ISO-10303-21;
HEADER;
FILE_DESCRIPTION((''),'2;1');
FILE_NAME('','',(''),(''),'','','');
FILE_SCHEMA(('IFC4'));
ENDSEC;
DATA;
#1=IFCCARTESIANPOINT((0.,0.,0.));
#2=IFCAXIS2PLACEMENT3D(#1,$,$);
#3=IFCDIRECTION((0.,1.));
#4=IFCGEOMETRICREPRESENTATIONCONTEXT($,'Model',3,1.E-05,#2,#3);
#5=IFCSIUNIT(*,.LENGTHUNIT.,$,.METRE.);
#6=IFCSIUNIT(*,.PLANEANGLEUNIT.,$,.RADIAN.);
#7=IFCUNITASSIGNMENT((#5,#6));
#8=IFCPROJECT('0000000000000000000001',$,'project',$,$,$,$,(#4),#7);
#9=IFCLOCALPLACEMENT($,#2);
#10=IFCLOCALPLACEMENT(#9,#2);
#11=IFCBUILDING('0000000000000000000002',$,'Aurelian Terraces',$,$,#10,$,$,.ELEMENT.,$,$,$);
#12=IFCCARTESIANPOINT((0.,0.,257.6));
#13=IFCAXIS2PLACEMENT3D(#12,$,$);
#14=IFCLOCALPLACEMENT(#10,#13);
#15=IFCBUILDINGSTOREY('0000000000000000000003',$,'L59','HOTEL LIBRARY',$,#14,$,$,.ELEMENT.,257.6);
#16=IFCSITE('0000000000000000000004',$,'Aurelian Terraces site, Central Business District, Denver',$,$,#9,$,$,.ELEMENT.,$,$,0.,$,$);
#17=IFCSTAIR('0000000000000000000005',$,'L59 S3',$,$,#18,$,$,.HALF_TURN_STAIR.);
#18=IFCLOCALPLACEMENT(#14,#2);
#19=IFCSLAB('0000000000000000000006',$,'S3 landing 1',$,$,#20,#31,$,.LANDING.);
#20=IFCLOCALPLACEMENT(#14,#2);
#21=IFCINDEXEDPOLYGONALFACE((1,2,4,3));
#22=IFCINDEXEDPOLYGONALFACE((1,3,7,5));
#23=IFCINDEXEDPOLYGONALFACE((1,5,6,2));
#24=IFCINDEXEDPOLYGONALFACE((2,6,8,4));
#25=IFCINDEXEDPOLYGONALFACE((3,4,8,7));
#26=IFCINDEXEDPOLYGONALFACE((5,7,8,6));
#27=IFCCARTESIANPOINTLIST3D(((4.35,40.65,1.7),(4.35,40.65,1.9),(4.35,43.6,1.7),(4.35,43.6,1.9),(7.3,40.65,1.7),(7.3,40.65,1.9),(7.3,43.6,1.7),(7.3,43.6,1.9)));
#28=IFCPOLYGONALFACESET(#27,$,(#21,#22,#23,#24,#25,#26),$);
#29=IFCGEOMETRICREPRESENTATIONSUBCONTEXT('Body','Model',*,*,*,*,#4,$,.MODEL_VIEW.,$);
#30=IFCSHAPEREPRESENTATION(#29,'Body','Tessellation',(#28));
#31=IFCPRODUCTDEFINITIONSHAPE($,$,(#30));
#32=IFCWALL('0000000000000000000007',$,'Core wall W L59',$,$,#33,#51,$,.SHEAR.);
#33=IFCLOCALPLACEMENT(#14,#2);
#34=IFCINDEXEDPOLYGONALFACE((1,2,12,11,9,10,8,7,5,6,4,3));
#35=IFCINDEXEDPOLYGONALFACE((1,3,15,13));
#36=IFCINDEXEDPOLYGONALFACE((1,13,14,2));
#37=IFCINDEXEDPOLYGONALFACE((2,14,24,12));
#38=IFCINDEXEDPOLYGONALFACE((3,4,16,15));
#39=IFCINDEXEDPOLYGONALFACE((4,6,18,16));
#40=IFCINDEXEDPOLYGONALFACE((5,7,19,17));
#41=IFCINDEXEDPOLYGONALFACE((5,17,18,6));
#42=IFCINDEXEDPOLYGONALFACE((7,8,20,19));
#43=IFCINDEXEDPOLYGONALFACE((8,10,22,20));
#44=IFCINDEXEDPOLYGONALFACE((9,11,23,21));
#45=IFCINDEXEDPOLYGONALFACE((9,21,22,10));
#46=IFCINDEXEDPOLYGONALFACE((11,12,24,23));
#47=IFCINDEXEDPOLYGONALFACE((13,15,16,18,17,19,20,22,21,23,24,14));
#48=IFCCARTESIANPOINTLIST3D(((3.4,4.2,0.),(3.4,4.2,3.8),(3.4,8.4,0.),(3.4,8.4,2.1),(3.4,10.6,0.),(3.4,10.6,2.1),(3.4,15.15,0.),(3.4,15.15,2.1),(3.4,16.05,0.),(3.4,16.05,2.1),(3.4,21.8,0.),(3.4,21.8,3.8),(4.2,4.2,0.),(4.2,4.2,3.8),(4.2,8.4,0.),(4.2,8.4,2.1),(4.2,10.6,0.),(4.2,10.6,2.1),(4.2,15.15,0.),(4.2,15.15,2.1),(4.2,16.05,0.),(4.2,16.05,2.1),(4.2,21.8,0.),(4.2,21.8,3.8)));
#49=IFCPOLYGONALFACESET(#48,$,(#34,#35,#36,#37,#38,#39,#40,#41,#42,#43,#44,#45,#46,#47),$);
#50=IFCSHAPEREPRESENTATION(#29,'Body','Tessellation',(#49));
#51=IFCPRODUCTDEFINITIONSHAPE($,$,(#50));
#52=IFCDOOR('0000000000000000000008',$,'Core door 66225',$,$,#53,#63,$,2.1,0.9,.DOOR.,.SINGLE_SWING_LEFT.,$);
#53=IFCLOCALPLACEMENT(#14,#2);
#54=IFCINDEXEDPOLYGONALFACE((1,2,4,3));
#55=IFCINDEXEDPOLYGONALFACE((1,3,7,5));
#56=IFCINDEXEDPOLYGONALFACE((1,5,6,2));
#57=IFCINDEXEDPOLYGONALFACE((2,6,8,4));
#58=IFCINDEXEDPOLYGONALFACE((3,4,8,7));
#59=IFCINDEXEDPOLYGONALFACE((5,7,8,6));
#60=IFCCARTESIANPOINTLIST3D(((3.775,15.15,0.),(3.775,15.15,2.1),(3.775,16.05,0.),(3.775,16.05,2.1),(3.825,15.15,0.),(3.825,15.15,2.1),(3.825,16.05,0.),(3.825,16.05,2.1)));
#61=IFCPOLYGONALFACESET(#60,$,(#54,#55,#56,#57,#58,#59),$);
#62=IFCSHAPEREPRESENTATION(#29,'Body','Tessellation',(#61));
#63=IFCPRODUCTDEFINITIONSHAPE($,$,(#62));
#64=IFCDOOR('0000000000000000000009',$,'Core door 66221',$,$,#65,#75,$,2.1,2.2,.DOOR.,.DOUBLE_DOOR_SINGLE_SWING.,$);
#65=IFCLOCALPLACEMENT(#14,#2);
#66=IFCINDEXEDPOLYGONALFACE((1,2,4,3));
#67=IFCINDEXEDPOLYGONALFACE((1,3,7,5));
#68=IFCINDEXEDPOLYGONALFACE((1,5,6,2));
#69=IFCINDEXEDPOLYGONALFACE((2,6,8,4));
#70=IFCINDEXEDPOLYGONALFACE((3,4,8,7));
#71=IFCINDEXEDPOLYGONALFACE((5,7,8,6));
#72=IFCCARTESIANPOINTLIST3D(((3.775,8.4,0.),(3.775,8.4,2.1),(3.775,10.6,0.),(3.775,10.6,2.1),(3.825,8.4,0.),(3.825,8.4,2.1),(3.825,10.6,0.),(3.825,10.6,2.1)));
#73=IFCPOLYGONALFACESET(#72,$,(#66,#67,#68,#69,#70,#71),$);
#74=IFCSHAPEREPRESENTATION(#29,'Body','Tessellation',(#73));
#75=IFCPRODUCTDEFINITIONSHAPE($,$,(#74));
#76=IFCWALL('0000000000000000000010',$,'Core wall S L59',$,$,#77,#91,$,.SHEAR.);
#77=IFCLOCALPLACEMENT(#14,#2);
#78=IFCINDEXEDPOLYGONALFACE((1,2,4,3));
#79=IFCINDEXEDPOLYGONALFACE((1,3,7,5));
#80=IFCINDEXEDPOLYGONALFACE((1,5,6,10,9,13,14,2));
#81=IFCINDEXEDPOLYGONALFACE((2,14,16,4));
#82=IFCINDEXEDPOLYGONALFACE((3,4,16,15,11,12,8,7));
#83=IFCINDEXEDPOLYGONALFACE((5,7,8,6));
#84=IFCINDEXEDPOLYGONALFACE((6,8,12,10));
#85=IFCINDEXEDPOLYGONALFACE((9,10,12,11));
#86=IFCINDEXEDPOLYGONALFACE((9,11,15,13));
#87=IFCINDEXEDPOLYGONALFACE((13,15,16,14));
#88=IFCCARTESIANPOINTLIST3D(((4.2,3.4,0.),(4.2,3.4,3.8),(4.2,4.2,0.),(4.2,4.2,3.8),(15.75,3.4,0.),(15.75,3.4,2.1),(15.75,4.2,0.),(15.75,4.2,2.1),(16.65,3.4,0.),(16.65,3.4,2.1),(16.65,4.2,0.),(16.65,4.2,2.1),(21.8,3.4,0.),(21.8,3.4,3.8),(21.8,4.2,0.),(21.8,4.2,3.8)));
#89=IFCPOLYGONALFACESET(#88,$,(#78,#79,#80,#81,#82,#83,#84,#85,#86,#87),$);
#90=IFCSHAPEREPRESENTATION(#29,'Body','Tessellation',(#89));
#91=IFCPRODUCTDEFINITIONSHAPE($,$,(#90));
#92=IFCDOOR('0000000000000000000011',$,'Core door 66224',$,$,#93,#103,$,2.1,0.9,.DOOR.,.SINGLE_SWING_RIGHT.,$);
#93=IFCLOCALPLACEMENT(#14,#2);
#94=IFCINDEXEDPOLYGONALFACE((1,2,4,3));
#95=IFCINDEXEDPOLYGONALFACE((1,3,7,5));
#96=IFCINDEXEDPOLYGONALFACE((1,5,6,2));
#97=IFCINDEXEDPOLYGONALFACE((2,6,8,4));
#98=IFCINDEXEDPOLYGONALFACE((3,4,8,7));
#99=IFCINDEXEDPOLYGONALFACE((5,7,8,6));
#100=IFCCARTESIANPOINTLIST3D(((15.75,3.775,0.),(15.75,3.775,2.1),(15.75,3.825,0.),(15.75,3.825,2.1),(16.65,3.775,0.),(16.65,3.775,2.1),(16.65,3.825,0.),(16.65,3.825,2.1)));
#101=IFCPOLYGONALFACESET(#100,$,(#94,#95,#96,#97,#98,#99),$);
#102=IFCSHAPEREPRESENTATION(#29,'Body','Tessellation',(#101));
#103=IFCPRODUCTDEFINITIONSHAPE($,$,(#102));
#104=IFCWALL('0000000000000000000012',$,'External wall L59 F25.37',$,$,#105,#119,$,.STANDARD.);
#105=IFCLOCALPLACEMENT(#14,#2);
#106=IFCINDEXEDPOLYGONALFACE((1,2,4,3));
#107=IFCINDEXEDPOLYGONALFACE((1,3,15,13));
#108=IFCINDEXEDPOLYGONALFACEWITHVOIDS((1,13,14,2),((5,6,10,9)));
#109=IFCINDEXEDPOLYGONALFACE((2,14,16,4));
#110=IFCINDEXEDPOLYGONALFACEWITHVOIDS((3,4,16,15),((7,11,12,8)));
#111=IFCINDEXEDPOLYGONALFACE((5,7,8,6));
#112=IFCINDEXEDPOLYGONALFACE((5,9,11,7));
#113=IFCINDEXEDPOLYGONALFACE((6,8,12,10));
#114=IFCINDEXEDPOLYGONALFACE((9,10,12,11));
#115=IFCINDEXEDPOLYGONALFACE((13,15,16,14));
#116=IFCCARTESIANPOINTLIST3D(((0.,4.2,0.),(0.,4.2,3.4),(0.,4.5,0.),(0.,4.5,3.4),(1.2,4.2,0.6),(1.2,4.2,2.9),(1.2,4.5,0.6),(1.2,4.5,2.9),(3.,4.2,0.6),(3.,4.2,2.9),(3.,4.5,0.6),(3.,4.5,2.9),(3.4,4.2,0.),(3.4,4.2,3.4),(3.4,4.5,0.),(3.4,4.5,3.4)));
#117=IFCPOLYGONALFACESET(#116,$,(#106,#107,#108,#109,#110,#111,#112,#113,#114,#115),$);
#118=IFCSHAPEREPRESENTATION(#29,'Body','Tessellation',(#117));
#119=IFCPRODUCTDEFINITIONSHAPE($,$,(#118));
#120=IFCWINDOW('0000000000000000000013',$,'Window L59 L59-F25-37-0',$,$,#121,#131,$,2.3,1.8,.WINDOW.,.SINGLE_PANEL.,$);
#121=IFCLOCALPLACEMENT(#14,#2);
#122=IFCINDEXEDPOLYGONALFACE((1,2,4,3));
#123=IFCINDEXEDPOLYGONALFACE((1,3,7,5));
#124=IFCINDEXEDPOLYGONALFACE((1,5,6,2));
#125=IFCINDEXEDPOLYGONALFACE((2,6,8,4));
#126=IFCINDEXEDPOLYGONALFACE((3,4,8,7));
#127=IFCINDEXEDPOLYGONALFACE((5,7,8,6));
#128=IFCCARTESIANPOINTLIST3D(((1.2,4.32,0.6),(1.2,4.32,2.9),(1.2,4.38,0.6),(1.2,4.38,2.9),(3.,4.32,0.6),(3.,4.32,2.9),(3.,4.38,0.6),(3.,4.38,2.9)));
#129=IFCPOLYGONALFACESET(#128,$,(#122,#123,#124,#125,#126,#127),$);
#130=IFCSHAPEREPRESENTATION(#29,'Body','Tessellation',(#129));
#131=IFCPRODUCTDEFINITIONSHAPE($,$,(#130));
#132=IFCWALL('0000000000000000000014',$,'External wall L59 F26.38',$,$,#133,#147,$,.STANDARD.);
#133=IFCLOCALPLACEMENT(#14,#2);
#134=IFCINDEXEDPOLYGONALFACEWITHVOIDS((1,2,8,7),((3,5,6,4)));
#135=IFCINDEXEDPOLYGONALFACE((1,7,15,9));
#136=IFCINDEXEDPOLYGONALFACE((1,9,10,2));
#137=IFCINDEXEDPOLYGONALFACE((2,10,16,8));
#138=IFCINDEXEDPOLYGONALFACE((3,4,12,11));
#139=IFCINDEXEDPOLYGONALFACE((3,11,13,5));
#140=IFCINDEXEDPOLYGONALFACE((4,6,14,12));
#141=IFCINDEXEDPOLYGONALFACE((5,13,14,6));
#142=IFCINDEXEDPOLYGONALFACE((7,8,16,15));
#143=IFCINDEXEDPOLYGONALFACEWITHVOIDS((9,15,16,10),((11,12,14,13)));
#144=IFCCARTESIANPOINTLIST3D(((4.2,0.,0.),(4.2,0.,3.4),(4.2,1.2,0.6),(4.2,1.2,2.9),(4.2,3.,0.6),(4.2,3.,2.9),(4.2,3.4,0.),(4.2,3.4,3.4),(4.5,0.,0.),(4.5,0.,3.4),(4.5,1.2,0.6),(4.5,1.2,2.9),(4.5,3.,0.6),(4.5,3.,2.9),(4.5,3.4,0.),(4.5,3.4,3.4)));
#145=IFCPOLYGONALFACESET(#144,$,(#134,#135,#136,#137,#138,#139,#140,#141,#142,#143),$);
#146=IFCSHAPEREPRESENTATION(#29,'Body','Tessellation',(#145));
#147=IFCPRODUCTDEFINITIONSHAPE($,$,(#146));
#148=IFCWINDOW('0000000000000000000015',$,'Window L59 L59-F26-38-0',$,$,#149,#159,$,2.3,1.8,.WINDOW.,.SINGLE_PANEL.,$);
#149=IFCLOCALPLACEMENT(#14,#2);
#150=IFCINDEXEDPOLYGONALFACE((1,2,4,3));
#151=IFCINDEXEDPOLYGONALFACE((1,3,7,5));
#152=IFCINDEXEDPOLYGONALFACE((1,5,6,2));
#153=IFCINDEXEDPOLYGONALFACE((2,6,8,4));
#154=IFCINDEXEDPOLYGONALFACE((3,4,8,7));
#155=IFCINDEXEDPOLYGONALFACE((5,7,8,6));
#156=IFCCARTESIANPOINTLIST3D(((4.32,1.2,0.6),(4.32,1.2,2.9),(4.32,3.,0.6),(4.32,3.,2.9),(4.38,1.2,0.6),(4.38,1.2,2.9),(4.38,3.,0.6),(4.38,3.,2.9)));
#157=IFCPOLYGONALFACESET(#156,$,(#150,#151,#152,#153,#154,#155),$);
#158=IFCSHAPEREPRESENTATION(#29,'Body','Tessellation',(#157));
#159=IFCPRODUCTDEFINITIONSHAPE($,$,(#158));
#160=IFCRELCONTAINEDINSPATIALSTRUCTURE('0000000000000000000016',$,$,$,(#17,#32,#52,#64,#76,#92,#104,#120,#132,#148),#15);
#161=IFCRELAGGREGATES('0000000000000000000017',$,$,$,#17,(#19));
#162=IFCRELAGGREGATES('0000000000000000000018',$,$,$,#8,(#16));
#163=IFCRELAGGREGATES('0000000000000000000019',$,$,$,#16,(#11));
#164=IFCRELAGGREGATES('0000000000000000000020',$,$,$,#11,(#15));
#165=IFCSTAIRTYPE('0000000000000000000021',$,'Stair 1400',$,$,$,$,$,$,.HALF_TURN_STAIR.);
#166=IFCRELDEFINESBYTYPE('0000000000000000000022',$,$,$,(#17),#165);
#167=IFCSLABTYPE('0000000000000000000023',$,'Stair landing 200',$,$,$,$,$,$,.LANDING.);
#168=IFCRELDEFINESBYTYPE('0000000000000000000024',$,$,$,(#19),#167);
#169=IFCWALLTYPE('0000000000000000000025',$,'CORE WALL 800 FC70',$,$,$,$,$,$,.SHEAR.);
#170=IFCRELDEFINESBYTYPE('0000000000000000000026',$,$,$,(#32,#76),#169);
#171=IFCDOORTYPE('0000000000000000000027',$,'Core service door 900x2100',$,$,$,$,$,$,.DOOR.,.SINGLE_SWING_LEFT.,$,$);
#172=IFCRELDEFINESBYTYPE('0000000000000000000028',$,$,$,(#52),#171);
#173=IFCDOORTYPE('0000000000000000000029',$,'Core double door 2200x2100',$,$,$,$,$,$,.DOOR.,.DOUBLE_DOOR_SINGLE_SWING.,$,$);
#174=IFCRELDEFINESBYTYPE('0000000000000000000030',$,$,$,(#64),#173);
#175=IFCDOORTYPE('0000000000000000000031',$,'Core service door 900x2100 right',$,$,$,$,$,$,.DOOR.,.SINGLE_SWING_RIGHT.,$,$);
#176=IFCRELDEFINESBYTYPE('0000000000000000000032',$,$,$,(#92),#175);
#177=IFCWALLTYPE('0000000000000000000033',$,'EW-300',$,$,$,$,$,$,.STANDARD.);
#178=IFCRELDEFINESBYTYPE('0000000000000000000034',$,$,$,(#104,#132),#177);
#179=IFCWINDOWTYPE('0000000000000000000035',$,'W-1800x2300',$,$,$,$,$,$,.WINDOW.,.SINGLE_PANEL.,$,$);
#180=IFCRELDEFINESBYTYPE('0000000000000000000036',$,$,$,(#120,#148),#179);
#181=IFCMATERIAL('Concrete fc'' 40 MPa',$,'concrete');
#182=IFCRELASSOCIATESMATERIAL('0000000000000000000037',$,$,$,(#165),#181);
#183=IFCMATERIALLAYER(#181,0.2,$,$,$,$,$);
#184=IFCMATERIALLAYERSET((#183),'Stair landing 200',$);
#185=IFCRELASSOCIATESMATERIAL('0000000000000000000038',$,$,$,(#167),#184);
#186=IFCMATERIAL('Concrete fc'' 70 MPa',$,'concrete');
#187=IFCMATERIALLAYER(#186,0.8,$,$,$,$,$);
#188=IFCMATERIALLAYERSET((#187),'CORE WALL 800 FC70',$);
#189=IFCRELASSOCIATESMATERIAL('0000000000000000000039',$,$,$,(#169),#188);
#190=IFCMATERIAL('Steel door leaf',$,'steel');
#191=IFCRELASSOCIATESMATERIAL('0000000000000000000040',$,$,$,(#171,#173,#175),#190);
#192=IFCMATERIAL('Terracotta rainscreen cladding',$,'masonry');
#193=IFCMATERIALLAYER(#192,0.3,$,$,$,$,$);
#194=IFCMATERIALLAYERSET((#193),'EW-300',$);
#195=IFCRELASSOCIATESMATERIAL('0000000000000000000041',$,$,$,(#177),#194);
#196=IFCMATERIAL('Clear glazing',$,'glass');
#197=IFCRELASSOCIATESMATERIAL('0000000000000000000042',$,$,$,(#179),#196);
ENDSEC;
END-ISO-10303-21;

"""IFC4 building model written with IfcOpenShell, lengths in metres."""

from ifc_helpers import new_model, si_unit, direction, frame, frame_2d, origin, place, context, subcontext, project, spatial, polyline, rectangle, outline, extrude, source, transform, mapped, material, layer, layer_set, type_object, element, fill, aggregate, save


model = new_model("IFC4")

# Units and contexts
model_context = context("Model", 3, precision=1e-05, world=origin(), true_north=direction((0.0, 1.0)))
body_context = subcontext(model_context, "Body", "Model", "MODEL_VIEW")
ifc_project = project(units=[si_unit("LENGTHUNIT", "METRE"), si_unit("PLANEANGLEUNIT", "RADIAN")], contexts=[model_context])

# Site, building, storey
site_placement = place(None, origin())
site = spatial("IfcSite", under=ifc_project, at=site_placement, Name="Aurelian Terraces site, Central Business District, Denver", CompositionType="ELEMENT", RefElevation=0.0)
building_placement = place(site_placement, origin())
building = spatial("IfcBuilding", under=site, at=building_placement, Name="Aurelian Terraces", CompositionType="ELEMENT")
storey_placement = place(building_placement, frame((0.0, 0.0, 257.6)))
storey = spatial("IfcBuildingStorey", under=building, at=storey_placement, Name="L59", Description="HOTEL LIBRARY", CompositionType="ELEMENT", Elevation=257.6)

# Stair, slab
ifc_material_1 = material(Name="Concrete fc' 40 MPa", Category="concrete")
stair_type = type_object("IfcStairType", Name="Stair 1400", PredefinedType="HALF_TURN_STAIR", material=ifc_material_1)
stair_placement = place(storey_placement, origin())
stair = element("IfcStair", 1, at=stair_placement, inside=storey, type_object=stair_type, Name="L59 S3", PredefinedType="HALF_TURN_STAIR")
ifc_layer_1 = layer(ifc_material_1, 0.2)
ifc_layer_set_1 = layer_set([ifc_layer_1], Name="Stair landing 200")
slab_type = type_object("IfcSlabType", Name="Stair landing 200", PredefinedType="LANDING", material=ifc_layer_set_1)
shared_shape_1 = source(origin(), body_context, "Body", "SweptSolid", [
    extrude(outline(polyline([(4.35, 40.65), (7.3, 40.65), (7.3, 43.6), (4.35, 43.6), (4.35, 40.65)])), origin(), (0.0, 0.0, 1.0), 0.2),
])
slab_placement = place(storey_placement, frame((0.0, 0.0, 1.7)))
slab = element("IfcSlab", 2, at=slab_placement, type_object=slab_type, Name="S3 landing 1", PredefinedType="LANDING", context=body_context, shape_type="MappedRepresentation", body=[
    mapped(shared_shape_1, transform((0.0, 0.0, 0.0), scale=1.0)),
])
aggregate(stair, [slab])

# Wall, openings, doors
ifc_material_2 = material(Name="Concrete fc' 70 MPa", Category="concrete")
ifc_layer_2 = layer(ifc_material_2, 0.8)
ifc_layer_set_2 = layer_set([ifc_layer_2], Name="CORE WALL 800 FC70")
wall_type_1 = type_object("IfcWallType", Name="CORE WALL 800 FC70", PredefinedType="SHEAR", material=ifc_layer_set_2)
shared_shape_2 = source(origin(), body_context, "Body", "SweptSolid", [
    extrude(rectangle(XDim=17.6, YDim=0.8, at=frame_2d((8.8, 0.0))), origin(), (0.0, 0.0, 1.0), 3.8),
])
wall_1_placement = place(storey_placement, frame((3.8, 4.2, 0.0), z_axis=(0.0, 0.0, 1.0), x_axis=(0.0, 1.0, 0.0)))
wall_1 = element("IfcWall", 3, at=wall_1_placement, inside=storey, type_object=wall_type_1, Name="Core wall W L59", PredefinedType="SHEAR", context=body_context, shape_type="MappedRepresentation", body=[
    mapped(shared_shape_2, transform((0.0, 0.0, 0.0), scale=1.0)),
])
shared_shape_3 = source(origin(), body_context, "Body", "SweptSolid", [
    extrude(rectangle(XDim=2.2, YDim=2.1, at=frame_2d((1.1, 1.05))), frame((0.0, 0.41, 0.0), z_axis=(0.0, -1.0, 0.0), x_axis=(1.0, 0.0, 0.0)), (0.0, 0.0, 1.0), 0.82),
])
opening_1_placement = place(wall_1_placement, frame((4.2, 0.0, 0.0)))
opening_1 = element("IfcOpeningElement", 4, at=opening_1_placement, cuts=wall_1, PredefinedType="OPENING", context=body_context, shape_type="MappedRepresentation", body=[
    mapped(shared_shape_3, transform((0.0, 0.0, 0.0), scale=1.0)),
])
shared_shape_4 = source(origin(), body_context, "Body", "SweptSolid", [
    extrude(rectangle(XDim=0.9, YDim=2.1, at=frame_2d((0.45, 1.05))), frame((0.0, 0.41, 0.0), z_axis=(0.0, -1.0, 0.0), x_axis=(1.0, 0.0, 0.0)), (0.0, 0.0, 1.0), 0.82),
])
opening_2_placement = place(wall_1_placement, frame((10.95, 0.0, 0.0)))
opening_2 = element("IfcOpeningElement", 5, at=opening_2_placement, cuts=wall_1, PredefinedType="OPENING", context=body_context, shape_type="MappedRepresentation", body=[
    mapped(shared_shape_4, transform((0.0, 0.0, 0.0), scale=1.0)),
])
ifc_material_3 = material(Name="Steel door leaf", Category="steel")
door_type_1 = type_object("IfcDoorType", Name="Core service door 900x2100", OperationType="SINGLE_SWING_LEFT", PredefinedType="DOOR", material=ifc_material_3)
shared_shape_5 = source(origin(), body_context, "Body", "SweptSolid", [
    extrude(rectangle(XDim=0.9, YDim=2.1, at=frame_2d((0.45, 1.05))), frame((0.0, 0.025, 0.0), z_axis=(0.0, -1.0, 0.0), x_axis=(1.0, 0.0, 0.0)), (0.0, 0.0, 1.0), 0.05),
])
door_1_placement = place(opening_2_placement, origin())
door_1 = element("IfcDoor", 6, at=door_1_placement, inside=storey, type_object=door_type_1, Name="Core door 66225", OperationType="SINGLE_SWING_LEFT", OverallHeight=2.1, OverallWidth=0.9, PredefinedType="DOOR", context=body_context, shape_type="MappedRepresentation", body=[
    mapped(shared_shape_5, transform((0.0, 0.0, 0.0), scale=1.0)),
])
fill(opening_2, door_1)
door_type_2 = type_object("IfcDoorType", Name="Core double door 2200x2100", OperationType="DOUBLE_DOOR_SINGLE_SWING", PredefinedType="DOOR", material=ifc_material_3)
shared_shape_6 = source(origin(), body_context, "Body", "SweptSolid", [
    extrude(rectangle(XDim=2.2, YDim=2.1, at=frame_2d((1.1, 1.05))), frame((0.0, 0.025, 0.0), z_axis=(0.0, -1.0, 0.0), x_axis=(1.0, 0.0, 0.0)), (0.0, 0.0, 1.0), 0.05),
])
door_2_placement = place(opening_1_placement, origin())
door_2 = element("IfcDoor", 7, at=door_2_placement, inside=storey, type_object=door_type_2, Name="Core door 66221", OperationType="DOUBLE_DOOR_SINGLE_SWING", OverallHeight=2.1, OverallWidth=2.2, PredefinedType="DOOR", context=body_context, shape_type="MappedRepresentation", body=[
    mapped(shared_shape_6, transform((0.0, 0.0, 0.0), scale=1.0)),
])
fill(opening_1, door_2)

# Wall, opening, door
wall_2_placement = place(storey_placement, frame((4.2, 3.8, 0.0), z_axis=(0.0, 0.0, 1.0), x_axis=(1.0, 0.0, 0.0)))
wall_2 = element("IfcWall", 8, at=wall_2_placement, inside=storey, type_object=wall_type_1, Name="Core wall S L59", PredefinedType="SHEAR", context=body_context, shape_type="MappedRepresentation", body=[
    mapped(shared_shape_2, transform((0.0, 0.0, 0.0), scale=1.0)),
])
opening_3_placement = place(wall_2_placement, frame((11.55, 0.0, 0.0)))
opening_3 = element("IfcOpeningElement", 9, at=opening_3_placement, cuts=wall_2, PredefinedType="OPENING", context=body_context, shape_type="MappedRepresentation", body=[
    mapped(shared_shape_4, transform((0.0, 0.0, 0.0), scale=1.0)),
])
door_type_3 = type_object("IfcDoorType", Name="Core service door 900x2100 right", OperationType="SINGLE_SWING_RIGHT", PredefinedType="DOOR", material=ifc_material_3)
door_3_placement = place(opening_3_placement, origin())
door_3 = element("IfcDoor", 10, at=door_3_placement, inside=storey, type_object=door_type_3, Name="Core door 66224", OperationType="SINGLE_SWING_RIGHT", OverallHeight=2.1, OverallWidth=0.9, PredefinedType="DOOR", context=body_context, shape_type="MappedRepresentation", body=[
    mapped(shared_shape_5, transform((0.0, 0.0, 0.0), scale=1.0)),
])
fill(opening_3, door_3)

# Walls, openings, windows
ifc_material_4 = material(Name="Terracotta rainscreen cladding", Category="masonry")
ifc_layer_3 = layer(ifc_material_4, 0.3)
ifc_layer_set_3 = layer_set([ifc_layer_3], Name="EW-300")
wall_type_2 = type_object("IfcWallType", Name="EW-300", PredefinedType="STANDARD", material=ifc_layer_set_3)
shared_shape_7 = source(origin(), body_context, "Body", "SweptSolid", [
    extrude(rectangle(XDim=3.4, YDim=0.3, at=frame_2d((1.7, 0.0))), origin(), (0.0, 0.0, 1.0), 3.4),
])
wall_3_placement = place(storey_placement, frame((0.0, 4.35, 0.0), z_axis=(0.0, 0.0, 1.0), x_axis=(1.0, 0.0, 0.0)))
wall_3 = element("IfcWall", 11, at=wall_3_placement, inside=storey, type_object=wall_type_2, Name="External wall L59 F25.37", PredefinedType="STANDARD", context=body_context, shape_type="MappedRepresentation", body=[
    mapped(shared_shape_7, transform((0.0, 0.0, 0.0), scale=1.0)),
])
shared_shape_8 = source(origin(), body_context, "Body", "SweptSolid", [
    extrude(rectangle(XDim=1.8, YDim=2.3, at=frame_2d((0.9, 1.15))), frame((0.0, 0.16, 0.0), z_axis=(0.0, -1.0, 0.0), x_axis=(1.0, 0.0, 0.0)), (0.0, 0.0, 1.0), 0.32),
])
opening_4_placement = place(wall_3_placement, frame((1.2, 0.0, 0.6)))
opening_4 = element("IfcOpeningElement", 12, at=opening_4_placement, cuts=wall_3, PredefinedType="OPENING", context=body_context, shape_type="MappedRepresentation", body=[
    mapped(shared_shape_8, transform((0.0, 0.0, 0.0), scale=1.0)),
])
ifc_material_5 = material(Name="Clear glazing", Category="glass")
window_type = type_object("IfcWindowType", Name="W-1800x2300", PartitioningType="SINGLE_PANEL", PredefinedType="WINDOW", material=ifc_material_5)
shared_shape_9 = source(origin(), body_context, "Body", "SweptSolid", [
    extrude(rectangle(XDim=1.8, YDim=2.3, at=frame_2d((0.9, 1.15))), frame((0.0, 0.03, 0.0), z_axis=(0.0, -1.0, 0.0), x_axis=(1.0, 0.0, 0.0)), (0.0, 0.0, 1.0), 0.06),
])
window_1_placement = place(opening_4_placement, origin())
window_1 = element("IfcWindow", 13, at=window_1_placement, inside=storey, type_object=window_type, Name="Window L59 L59-F25-37-0", OverallHeight=2.3, OverallWidth=1.8, PartitioningType="SINGLE_PANEL", PredefinedType="WINDOW", context=body_context, shape_type="MappedRepresentation", body=[
    mapped(shared_shape_9, transform((0.0, 0.0, 0.0), scale=1.0)),
])
fill(opening_4, window_1)
wall_4_placement = place(storey_placement, frame((4.35, 3.4, 0.0), z_axis=(0.0, 0.0, 1.0), x_axis=(0.0, -1.0, 0.0)))
wall_4 = element("IfcWall", 14, at=wall_4_placement, inside=storey, type_object=wall_type_2, Name="External wall L59 F26.38", PredefinedType="STANDARD", context=body_context, shape_type="MappedRepresentation", body=[
    mapped(shared_shape_7, transform((0.0, 0.0, 0.0), scale=1.0)),
])
opening_5_placement = place(wall_4_placement, frame((0.4, 0.0, 0.6)))
opening_5 = element("IfcOpeningElement", 15, at=opening_5_placement, cuts=wall_4, PredefinedType="OPENING", context=body_context, shape_type="MappedRepresentation", body=[
    mapped(shared_shape_8, transform((0.0, 0.0, 0.0), scale=1.0)),
])
window_2_placement = place(opening_5_placement, origin())
window_2 = element("IfcWindow", 16, at=window_2_placement, inside=storey, type_object=window_type, Name="Window L59 L59-F26-38-0", OverallHeight=2.3, OverallWidth=1.8, PartitioningType="SINGLE_PANEL", PredefinedType="WINDOW", context=body_context, shape_type="MappedRepresentation", body=[
    mapped(shared_shape_9, transform((0.0, 0.0, 0.0), scale=1.0)),
])
fill(opening_5, window_2)

save(model, "model.ifc")
